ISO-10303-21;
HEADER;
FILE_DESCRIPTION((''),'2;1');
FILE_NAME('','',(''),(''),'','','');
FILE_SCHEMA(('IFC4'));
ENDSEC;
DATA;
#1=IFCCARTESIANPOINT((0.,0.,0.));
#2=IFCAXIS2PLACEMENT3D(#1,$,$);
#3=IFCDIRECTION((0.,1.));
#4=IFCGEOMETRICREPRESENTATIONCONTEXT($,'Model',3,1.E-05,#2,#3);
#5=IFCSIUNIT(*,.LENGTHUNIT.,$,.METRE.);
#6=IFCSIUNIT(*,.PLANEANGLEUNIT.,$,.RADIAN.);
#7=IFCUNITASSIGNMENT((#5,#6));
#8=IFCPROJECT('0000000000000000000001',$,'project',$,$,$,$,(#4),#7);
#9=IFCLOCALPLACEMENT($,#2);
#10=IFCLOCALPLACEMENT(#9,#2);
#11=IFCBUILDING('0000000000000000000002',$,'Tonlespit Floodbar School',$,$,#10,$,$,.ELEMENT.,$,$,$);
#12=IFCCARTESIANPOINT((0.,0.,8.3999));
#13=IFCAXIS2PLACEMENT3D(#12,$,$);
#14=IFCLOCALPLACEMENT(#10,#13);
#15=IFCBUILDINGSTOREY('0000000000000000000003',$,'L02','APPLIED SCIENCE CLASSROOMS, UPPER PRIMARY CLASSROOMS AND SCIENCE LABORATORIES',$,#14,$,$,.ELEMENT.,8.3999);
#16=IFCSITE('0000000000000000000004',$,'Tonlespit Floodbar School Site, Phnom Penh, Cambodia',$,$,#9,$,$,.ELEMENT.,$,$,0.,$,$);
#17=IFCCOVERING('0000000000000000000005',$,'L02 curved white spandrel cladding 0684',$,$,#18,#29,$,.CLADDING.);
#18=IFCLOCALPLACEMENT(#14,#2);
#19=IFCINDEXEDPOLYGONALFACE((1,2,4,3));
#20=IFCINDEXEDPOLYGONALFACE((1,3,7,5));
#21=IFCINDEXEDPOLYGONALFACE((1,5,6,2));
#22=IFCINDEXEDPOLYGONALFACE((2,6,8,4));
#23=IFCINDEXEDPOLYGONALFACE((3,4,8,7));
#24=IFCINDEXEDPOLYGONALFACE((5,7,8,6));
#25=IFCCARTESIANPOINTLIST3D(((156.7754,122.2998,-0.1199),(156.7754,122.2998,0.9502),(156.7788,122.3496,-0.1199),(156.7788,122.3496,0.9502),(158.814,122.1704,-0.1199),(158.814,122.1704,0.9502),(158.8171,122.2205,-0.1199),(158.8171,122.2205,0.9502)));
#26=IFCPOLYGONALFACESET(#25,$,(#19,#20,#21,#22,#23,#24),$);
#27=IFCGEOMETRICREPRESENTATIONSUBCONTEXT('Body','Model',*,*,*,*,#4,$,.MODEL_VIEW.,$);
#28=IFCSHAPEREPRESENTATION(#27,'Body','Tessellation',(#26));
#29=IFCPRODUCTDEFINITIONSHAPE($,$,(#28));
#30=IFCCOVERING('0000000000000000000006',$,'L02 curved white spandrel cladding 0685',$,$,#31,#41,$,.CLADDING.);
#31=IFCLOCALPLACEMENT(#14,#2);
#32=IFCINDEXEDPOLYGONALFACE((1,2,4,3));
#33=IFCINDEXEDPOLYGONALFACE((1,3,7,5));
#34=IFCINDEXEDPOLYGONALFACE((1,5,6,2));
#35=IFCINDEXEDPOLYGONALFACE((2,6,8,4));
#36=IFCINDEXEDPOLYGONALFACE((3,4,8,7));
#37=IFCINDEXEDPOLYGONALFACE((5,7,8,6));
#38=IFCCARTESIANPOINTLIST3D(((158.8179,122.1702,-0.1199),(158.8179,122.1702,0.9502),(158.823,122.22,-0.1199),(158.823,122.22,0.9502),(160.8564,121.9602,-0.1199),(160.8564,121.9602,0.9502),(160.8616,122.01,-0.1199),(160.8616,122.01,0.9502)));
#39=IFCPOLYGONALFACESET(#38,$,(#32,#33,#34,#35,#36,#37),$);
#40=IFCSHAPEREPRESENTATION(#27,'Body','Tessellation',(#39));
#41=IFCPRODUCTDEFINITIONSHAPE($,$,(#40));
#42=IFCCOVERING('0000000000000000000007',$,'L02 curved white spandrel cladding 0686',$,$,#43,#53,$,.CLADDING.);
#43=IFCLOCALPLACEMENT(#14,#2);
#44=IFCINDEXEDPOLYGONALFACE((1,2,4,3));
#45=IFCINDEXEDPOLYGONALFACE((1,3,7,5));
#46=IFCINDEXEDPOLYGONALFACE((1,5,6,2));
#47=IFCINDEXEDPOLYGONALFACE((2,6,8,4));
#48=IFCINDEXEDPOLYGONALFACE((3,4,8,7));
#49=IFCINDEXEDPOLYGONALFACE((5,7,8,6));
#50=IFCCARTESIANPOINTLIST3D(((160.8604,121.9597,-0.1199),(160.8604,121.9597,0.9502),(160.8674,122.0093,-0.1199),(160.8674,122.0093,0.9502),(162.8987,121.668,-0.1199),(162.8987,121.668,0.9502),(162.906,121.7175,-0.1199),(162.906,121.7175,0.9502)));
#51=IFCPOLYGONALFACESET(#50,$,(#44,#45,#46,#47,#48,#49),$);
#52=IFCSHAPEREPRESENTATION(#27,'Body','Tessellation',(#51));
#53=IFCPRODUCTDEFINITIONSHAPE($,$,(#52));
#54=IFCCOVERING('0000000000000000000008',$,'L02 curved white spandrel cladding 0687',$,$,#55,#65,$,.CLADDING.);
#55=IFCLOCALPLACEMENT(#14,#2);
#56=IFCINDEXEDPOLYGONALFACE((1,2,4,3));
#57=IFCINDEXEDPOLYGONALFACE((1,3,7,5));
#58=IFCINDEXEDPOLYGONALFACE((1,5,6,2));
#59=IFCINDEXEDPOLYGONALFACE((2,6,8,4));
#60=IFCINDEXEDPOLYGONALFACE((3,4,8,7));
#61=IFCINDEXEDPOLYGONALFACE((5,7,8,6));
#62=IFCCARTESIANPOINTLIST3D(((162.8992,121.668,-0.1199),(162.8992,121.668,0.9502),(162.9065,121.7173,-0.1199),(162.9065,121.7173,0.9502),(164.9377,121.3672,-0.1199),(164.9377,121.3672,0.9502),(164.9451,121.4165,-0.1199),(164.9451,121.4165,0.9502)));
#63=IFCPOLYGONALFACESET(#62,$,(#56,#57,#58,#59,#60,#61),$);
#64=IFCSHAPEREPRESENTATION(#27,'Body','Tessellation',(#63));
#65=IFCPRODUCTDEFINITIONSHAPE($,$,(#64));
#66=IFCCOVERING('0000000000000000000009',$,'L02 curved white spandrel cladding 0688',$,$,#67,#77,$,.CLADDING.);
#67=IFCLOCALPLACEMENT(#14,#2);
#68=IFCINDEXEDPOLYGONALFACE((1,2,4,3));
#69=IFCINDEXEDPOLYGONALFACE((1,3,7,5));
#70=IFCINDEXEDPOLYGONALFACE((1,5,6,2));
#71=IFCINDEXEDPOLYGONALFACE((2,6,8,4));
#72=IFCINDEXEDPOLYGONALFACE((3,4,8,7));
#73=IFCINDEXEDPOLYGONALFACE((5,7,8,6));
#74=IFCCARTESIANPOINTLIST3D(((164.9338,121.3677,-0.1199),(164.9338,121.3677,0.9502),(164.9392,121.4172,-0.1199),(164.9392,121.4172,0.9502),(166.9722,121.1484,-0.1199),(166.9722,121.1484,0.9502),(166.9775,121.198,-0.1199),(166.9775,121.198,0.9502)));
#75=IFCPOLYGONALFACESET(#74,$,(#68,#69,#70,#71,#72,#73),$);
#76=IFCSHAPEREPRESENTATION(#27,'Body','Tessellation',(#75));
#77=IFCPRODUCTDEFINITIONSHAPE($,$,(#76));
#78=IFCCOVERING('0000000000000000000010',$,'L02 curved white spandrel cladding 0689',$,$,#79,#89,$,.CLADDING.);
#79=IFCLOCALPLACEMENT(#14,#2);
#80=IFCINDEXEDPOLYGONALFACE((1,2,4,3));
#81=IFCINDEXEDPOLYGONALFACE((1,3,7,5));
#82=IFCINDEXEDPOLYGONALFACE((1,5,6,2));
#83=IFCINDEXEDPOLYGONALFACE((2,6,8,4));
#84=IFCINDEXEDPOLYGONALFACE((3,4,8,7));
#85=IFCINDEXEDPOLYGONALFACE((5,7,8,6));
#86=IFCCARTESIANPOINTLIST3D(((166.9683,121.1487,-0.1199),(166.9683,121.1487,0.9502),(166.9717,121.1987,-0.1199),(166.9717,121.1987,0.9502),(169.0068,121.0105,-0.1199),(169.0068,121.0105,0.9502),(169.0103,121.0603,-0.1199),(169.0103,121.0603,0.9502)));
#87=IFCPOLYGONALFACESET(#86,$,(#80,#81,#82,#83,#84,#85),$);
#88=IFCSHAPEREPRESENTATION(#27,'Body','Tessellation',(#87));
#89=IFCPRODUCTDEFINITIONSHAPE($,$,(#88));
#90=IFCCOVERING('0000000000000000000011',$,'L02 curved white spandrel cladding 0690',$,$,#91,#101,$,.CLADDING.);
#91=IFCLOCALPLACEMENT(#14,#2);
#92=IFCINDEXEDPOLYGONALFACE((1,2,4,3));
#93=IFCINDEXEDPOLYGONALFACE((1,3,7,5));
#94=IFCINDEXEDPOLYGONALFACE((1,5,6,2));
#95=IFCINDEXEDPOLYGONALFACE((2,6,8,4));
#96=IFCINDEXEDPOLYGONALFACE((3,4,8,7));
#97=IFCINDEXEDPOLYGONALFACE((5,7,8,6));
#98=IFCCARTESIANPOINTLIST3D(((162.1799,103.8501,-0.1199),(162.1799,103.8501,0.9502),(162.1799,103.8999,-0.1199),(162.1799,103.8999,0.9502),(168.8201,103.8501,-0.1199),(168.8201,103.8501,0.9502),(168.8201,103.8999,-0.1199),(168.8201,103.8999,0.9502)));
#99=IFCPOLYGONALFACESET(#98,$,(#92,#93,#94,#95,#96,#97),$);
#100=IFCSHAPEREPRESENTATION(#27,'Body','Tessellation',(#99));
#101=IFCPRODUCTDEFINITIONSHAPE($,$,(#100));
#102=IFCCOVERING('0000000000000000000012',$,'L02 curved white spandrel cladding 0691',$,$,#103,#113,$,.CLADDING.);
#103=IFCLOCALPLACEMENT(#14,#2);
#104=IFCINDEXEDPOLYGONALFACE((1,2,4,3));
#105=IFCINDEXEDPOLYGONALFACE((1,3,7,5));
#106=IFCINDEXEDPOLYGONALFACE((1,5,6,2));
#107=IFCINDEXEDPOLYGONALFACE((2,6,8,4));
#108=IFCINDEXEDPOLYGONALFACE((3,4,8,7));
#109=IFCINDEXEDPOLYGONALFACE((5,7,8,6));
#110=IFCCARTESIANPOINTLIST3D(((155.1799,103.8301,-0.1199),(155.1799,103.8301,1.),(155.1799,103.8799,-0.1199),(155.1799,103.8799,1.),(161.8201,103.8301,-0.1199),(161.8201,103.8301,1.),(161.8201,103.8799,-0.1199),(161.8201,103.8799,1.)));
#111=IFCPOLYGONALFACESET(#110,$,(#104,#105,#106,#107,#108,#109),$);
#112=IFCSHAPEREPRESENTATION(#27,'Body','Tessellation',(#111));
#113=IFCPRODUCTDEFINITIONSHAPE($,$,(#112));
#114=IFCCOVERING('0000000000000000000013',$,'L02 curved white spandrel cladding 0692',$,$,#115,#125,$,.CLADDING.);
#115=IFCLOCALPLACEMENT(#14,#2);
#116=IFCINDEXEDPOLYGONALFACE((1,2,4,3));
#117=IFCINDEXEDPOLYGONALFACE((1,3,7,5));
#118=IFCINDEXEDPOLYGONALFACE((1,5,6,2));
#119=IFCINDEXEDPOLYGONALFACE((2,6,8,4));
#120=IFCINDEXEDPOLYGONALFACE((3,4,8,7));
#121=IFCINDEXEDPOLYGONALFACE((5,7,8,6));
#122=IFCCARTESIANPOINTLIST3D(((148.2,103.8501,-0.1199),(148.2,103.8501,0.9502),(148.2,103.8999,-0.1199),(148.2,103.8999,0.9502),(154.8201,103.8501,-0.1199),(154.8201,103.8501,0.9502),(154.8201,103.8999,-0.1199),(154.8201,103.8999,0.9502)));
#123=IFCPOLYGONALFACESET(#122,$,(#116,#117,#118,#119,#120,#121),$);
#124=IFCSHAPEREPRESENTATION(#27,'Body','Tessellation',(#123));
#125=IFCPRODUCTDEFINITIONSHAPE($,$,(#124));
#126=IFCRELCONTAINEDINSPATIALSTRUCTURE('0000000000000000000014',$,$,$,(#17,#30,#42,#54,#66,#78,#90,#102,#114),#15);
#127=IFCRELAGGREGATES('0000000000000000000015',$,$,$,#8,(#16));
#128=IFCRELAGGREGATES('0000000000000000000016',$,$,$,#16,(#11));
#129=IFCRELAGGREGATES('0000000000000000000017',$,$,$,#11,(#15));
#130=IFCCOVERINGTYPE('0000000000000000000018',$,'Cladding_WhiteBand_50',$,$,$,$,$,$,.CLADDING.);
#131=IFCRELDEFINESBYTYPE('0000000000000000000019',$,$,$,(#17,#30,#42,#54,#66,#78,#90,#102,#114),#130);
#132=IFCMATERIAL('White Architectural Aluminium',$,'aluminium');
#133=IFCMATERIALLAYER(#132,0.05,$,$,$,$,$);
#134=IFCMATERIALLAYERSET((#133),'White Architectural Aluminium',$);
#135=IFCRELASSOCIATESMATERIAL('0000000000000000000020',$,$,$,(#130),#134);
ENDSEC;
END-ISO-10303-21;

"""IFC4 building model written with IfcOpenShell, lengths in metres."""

from ifc_helpers import new_model, si_unit, direction, frame, origin, place, context, subcontext, project, spatial, polyline, outline, extrude, material, layer, layer_set, type_object, element, save


model = new_model("IFC4")

# Units and contexts
model_context = context("Model", 3, precision=1e-05, world=origin(), true_north=direction((0.0, 1.0)))
body_context = subcontext(model_context, "Body", "Model", "MODEL_VIEW")
ifc_project = project(units=[si_unit("LENGTHUNIT", "METRE"), si_unit("PLANEANGLEUNIT", "RADIAN")], contexts=[model_context])

# Site, building, storey
site_placement = place(None, origin())
site = spatial("IfcSite", under=ifc_project, at=site_placement, Name="Tonlespit Floodbar School Site, Phnom Penh, Cambodia", CompositionType="ELEMENT", RefElevation=0.0)
building_placement = place(site_placement, origin())
building = spatial("IfcBuilding", under=site, at=building_placement, Name="Tonlespit Floodbar School", CompositionType="ELEMENT")
storey_placement = place(building_placement, frame((0.0, 0.0, 8.3999)))
storey = spatial("IfcBuildingStorey", under=building, at=storey_placement, Name="L02", Description="APPLIED SCIENCE CLASSROOMS, UPPER PRIMARY CLASSROOMS AND SCIENCE LABORATORIES", CompositionType="ELEMENT", Elevation=8.3999)

# Coverings
ifc_material = material(Name="White Architectural Aluminium", Category="aluminium")
ifc_layer = layer(ifc_material, 0.05)
ifc_layer_set = layer_set([ifc_layer], Name="White Architectural Aluminium")
covering_type = type_object("IfcCoveringType", Name="Cladding_WhiteBand_50", PredefinedType="CLADDING", material=ifc_layer_set)
covering_1_placement = place(storey_placement, frame((0.0, 0.0, -0.1199)))
element("IfcCovering", 1, at=covering_1_placement, inside=storey, type_object=covering_type, Name="L02 curved white spandrel cladding 0684", PredefinedType="CLADDING", context=body_context, shape_type="SweptSolid", body=[
    extrude(outline(polyline([(156.7754, 122.2998), (158.814, 122.1704), (158.8171, 122.2205), (156.7788, 122.3496), (156.7754, 122.2998)])), origin(), (0.0, 0.0, 1.0), 1.0701),
])
covering_2_placement = place(storey_placement, frame((0.0, 0.0, -0.1199)))
element("IfcCovering", 2, at=covering_2_placement, inside=storey, type_object=covering_type, Name="L02 curved white spandrel cladding 0685", PredefinedType="CLADDING", context=body_context, shape_type="SweptSolid", body=[
    extrude(outline(polyline([(158.8179, 122.1702), (160.8564, 121.9602), (160.8616, 122.01), (158.823, 122.22), (158.8179, 122.1702)])), origin(), (0.0, 0.0, 1.0), 1.0701),
])
covering_3_placement = place(storey_placement, frame((0.0, 0.0, -0.1199)))
element("IfcCovering", 3, at=covering_3_placement, inside=storey, type_object=covering_type, Name="L02 curved white spandrel cladding 0686", PredefinedType="CLADDING", context=body_context, shape_type="SweptSolid", body=[
    extrude(outline(polyline([(160.8604, 121.9597), (162.8987, 121.668), (162.906, 121.7175), (160.8674, 122.0093), (160.8604, 121.9597)])), origin(), (0.0, 0.0, 1.0), 1.0701),
])
covering_4_placement = place(storey_placement, frame((0.0, 0.0, -0.1199)))
element("IfcCovering", 4, at=covering_4_placement, inside=storey, type_object=covering_type, Name="L02 curved white spandrel cladding 0687", PredefinedType="CLADDING", context=body_context, shape_type="SweptSolid", body=[
    extrude(outline(polyline([(162.8992, 121.668), (164.9377, 121.3672), (164.9451, 121.4165), (162.9065, 121.7173), (162.8992, 121.668)])), origin(), (0.0, 0.0, 1.0), 1.0701),
])
covering_5_placement = place(storey_placement, frame((0.0, 0.0, -0.1199)))
element("IfcCovering", 5, at=covering_5_placement, inside=storey, type_object=covering_type, Name="L02 curved white spandrel cladding 0688", PredefinedType="CLADDING", context=body_context, shape_type="SweptSolid", body=[
    extrude(outline(polyline([(164.9338, 121.3677), (166.9722, 121.1484), (166.9775, 121.198), (164.9392, 121.4172), (164.9338, 121.3677)])), origin(), (0.0, 0.0, 1.0), 1.0701),
])
covering_6_placement = place(storey_placement, frame((0.0, 0.0, -0.1199)))
element("IfcCovering", 6, at=covering_6_placement, inside=storey, type_object=covering_type, Name="L02 curved white spandrel cladding 0689", PredefinedType="CLADDING", context=body_context, shape_type="SweptSolid", body=[
    extrude(outline(polyline([(166.9683, 121.1487), (169.0068, 121.0105), (169.0103, 121.0603), (166.9717, 121.1987), (166.9683, 121.1487)])), origin(), (0.0, 0.0, 1.0), 1.0701),
])
covering_7_placement = place(storey_placement, frame((0.0, 0.0, -0.1199)))
element("IfcCovering", 7, at=covering_7_placement, inside=storey, type_object=covering_type, Name="L02 curved white spandrel cladding 0690", PredefinedType="CLADDING", context=body_context, shape_type="SweptSolid", body=[
    extrude(outline(polyline([(168.8201, 103.8999), (162.1799, 103.8999), (162.1799, 103.8501), (168.8201, 103.8501), (168.8201, 103.8999)])), origin(), (0.0, 0.0, 1.0), 1.0701),
])
covering_8_placement = place(storey_placement, frame((0.0, 0.0, -0.1199)))
element("IfcCovering", 8, at=covering_8_placement, inside=storey, type_object=covering_type, Name="L02 curved white spandrel cladding 0691", PredefinedType="CLADDING", context=body_context, shape_type="SweptSolid", body=[
    extrude(outline(polyline([(161.8201, 103.8799), (155.1799, 103.8799), (155.1799, 103.8301), (161.8201, 103.8301), (161.8201, 103.8799)])), origin(), (0.0, 0.0, 1.0), 1.1199),
])
covering_9_placement = place(storey_placement, frame((0.0, 0.0, -0.1199)))
element("IfcCovering", 9, at=covering_9_placement, inside=storey, type_object=covering_type, Name="L02 curved white spandrel cladding 0692", PredefinedType="CLADDING", context=body_context, shape_type="SweptSolid", body=[
    extrude(outline(polyline([(154.8201, 103.8999), (148.2, 103.8999), (148.2, 103.8501), (154.8201, 103.8501), (154.8201, 103.8999)])), origin(), (0.0, 0.0, 1.0), 1.0701),
])

save(model, "model.ifc")
